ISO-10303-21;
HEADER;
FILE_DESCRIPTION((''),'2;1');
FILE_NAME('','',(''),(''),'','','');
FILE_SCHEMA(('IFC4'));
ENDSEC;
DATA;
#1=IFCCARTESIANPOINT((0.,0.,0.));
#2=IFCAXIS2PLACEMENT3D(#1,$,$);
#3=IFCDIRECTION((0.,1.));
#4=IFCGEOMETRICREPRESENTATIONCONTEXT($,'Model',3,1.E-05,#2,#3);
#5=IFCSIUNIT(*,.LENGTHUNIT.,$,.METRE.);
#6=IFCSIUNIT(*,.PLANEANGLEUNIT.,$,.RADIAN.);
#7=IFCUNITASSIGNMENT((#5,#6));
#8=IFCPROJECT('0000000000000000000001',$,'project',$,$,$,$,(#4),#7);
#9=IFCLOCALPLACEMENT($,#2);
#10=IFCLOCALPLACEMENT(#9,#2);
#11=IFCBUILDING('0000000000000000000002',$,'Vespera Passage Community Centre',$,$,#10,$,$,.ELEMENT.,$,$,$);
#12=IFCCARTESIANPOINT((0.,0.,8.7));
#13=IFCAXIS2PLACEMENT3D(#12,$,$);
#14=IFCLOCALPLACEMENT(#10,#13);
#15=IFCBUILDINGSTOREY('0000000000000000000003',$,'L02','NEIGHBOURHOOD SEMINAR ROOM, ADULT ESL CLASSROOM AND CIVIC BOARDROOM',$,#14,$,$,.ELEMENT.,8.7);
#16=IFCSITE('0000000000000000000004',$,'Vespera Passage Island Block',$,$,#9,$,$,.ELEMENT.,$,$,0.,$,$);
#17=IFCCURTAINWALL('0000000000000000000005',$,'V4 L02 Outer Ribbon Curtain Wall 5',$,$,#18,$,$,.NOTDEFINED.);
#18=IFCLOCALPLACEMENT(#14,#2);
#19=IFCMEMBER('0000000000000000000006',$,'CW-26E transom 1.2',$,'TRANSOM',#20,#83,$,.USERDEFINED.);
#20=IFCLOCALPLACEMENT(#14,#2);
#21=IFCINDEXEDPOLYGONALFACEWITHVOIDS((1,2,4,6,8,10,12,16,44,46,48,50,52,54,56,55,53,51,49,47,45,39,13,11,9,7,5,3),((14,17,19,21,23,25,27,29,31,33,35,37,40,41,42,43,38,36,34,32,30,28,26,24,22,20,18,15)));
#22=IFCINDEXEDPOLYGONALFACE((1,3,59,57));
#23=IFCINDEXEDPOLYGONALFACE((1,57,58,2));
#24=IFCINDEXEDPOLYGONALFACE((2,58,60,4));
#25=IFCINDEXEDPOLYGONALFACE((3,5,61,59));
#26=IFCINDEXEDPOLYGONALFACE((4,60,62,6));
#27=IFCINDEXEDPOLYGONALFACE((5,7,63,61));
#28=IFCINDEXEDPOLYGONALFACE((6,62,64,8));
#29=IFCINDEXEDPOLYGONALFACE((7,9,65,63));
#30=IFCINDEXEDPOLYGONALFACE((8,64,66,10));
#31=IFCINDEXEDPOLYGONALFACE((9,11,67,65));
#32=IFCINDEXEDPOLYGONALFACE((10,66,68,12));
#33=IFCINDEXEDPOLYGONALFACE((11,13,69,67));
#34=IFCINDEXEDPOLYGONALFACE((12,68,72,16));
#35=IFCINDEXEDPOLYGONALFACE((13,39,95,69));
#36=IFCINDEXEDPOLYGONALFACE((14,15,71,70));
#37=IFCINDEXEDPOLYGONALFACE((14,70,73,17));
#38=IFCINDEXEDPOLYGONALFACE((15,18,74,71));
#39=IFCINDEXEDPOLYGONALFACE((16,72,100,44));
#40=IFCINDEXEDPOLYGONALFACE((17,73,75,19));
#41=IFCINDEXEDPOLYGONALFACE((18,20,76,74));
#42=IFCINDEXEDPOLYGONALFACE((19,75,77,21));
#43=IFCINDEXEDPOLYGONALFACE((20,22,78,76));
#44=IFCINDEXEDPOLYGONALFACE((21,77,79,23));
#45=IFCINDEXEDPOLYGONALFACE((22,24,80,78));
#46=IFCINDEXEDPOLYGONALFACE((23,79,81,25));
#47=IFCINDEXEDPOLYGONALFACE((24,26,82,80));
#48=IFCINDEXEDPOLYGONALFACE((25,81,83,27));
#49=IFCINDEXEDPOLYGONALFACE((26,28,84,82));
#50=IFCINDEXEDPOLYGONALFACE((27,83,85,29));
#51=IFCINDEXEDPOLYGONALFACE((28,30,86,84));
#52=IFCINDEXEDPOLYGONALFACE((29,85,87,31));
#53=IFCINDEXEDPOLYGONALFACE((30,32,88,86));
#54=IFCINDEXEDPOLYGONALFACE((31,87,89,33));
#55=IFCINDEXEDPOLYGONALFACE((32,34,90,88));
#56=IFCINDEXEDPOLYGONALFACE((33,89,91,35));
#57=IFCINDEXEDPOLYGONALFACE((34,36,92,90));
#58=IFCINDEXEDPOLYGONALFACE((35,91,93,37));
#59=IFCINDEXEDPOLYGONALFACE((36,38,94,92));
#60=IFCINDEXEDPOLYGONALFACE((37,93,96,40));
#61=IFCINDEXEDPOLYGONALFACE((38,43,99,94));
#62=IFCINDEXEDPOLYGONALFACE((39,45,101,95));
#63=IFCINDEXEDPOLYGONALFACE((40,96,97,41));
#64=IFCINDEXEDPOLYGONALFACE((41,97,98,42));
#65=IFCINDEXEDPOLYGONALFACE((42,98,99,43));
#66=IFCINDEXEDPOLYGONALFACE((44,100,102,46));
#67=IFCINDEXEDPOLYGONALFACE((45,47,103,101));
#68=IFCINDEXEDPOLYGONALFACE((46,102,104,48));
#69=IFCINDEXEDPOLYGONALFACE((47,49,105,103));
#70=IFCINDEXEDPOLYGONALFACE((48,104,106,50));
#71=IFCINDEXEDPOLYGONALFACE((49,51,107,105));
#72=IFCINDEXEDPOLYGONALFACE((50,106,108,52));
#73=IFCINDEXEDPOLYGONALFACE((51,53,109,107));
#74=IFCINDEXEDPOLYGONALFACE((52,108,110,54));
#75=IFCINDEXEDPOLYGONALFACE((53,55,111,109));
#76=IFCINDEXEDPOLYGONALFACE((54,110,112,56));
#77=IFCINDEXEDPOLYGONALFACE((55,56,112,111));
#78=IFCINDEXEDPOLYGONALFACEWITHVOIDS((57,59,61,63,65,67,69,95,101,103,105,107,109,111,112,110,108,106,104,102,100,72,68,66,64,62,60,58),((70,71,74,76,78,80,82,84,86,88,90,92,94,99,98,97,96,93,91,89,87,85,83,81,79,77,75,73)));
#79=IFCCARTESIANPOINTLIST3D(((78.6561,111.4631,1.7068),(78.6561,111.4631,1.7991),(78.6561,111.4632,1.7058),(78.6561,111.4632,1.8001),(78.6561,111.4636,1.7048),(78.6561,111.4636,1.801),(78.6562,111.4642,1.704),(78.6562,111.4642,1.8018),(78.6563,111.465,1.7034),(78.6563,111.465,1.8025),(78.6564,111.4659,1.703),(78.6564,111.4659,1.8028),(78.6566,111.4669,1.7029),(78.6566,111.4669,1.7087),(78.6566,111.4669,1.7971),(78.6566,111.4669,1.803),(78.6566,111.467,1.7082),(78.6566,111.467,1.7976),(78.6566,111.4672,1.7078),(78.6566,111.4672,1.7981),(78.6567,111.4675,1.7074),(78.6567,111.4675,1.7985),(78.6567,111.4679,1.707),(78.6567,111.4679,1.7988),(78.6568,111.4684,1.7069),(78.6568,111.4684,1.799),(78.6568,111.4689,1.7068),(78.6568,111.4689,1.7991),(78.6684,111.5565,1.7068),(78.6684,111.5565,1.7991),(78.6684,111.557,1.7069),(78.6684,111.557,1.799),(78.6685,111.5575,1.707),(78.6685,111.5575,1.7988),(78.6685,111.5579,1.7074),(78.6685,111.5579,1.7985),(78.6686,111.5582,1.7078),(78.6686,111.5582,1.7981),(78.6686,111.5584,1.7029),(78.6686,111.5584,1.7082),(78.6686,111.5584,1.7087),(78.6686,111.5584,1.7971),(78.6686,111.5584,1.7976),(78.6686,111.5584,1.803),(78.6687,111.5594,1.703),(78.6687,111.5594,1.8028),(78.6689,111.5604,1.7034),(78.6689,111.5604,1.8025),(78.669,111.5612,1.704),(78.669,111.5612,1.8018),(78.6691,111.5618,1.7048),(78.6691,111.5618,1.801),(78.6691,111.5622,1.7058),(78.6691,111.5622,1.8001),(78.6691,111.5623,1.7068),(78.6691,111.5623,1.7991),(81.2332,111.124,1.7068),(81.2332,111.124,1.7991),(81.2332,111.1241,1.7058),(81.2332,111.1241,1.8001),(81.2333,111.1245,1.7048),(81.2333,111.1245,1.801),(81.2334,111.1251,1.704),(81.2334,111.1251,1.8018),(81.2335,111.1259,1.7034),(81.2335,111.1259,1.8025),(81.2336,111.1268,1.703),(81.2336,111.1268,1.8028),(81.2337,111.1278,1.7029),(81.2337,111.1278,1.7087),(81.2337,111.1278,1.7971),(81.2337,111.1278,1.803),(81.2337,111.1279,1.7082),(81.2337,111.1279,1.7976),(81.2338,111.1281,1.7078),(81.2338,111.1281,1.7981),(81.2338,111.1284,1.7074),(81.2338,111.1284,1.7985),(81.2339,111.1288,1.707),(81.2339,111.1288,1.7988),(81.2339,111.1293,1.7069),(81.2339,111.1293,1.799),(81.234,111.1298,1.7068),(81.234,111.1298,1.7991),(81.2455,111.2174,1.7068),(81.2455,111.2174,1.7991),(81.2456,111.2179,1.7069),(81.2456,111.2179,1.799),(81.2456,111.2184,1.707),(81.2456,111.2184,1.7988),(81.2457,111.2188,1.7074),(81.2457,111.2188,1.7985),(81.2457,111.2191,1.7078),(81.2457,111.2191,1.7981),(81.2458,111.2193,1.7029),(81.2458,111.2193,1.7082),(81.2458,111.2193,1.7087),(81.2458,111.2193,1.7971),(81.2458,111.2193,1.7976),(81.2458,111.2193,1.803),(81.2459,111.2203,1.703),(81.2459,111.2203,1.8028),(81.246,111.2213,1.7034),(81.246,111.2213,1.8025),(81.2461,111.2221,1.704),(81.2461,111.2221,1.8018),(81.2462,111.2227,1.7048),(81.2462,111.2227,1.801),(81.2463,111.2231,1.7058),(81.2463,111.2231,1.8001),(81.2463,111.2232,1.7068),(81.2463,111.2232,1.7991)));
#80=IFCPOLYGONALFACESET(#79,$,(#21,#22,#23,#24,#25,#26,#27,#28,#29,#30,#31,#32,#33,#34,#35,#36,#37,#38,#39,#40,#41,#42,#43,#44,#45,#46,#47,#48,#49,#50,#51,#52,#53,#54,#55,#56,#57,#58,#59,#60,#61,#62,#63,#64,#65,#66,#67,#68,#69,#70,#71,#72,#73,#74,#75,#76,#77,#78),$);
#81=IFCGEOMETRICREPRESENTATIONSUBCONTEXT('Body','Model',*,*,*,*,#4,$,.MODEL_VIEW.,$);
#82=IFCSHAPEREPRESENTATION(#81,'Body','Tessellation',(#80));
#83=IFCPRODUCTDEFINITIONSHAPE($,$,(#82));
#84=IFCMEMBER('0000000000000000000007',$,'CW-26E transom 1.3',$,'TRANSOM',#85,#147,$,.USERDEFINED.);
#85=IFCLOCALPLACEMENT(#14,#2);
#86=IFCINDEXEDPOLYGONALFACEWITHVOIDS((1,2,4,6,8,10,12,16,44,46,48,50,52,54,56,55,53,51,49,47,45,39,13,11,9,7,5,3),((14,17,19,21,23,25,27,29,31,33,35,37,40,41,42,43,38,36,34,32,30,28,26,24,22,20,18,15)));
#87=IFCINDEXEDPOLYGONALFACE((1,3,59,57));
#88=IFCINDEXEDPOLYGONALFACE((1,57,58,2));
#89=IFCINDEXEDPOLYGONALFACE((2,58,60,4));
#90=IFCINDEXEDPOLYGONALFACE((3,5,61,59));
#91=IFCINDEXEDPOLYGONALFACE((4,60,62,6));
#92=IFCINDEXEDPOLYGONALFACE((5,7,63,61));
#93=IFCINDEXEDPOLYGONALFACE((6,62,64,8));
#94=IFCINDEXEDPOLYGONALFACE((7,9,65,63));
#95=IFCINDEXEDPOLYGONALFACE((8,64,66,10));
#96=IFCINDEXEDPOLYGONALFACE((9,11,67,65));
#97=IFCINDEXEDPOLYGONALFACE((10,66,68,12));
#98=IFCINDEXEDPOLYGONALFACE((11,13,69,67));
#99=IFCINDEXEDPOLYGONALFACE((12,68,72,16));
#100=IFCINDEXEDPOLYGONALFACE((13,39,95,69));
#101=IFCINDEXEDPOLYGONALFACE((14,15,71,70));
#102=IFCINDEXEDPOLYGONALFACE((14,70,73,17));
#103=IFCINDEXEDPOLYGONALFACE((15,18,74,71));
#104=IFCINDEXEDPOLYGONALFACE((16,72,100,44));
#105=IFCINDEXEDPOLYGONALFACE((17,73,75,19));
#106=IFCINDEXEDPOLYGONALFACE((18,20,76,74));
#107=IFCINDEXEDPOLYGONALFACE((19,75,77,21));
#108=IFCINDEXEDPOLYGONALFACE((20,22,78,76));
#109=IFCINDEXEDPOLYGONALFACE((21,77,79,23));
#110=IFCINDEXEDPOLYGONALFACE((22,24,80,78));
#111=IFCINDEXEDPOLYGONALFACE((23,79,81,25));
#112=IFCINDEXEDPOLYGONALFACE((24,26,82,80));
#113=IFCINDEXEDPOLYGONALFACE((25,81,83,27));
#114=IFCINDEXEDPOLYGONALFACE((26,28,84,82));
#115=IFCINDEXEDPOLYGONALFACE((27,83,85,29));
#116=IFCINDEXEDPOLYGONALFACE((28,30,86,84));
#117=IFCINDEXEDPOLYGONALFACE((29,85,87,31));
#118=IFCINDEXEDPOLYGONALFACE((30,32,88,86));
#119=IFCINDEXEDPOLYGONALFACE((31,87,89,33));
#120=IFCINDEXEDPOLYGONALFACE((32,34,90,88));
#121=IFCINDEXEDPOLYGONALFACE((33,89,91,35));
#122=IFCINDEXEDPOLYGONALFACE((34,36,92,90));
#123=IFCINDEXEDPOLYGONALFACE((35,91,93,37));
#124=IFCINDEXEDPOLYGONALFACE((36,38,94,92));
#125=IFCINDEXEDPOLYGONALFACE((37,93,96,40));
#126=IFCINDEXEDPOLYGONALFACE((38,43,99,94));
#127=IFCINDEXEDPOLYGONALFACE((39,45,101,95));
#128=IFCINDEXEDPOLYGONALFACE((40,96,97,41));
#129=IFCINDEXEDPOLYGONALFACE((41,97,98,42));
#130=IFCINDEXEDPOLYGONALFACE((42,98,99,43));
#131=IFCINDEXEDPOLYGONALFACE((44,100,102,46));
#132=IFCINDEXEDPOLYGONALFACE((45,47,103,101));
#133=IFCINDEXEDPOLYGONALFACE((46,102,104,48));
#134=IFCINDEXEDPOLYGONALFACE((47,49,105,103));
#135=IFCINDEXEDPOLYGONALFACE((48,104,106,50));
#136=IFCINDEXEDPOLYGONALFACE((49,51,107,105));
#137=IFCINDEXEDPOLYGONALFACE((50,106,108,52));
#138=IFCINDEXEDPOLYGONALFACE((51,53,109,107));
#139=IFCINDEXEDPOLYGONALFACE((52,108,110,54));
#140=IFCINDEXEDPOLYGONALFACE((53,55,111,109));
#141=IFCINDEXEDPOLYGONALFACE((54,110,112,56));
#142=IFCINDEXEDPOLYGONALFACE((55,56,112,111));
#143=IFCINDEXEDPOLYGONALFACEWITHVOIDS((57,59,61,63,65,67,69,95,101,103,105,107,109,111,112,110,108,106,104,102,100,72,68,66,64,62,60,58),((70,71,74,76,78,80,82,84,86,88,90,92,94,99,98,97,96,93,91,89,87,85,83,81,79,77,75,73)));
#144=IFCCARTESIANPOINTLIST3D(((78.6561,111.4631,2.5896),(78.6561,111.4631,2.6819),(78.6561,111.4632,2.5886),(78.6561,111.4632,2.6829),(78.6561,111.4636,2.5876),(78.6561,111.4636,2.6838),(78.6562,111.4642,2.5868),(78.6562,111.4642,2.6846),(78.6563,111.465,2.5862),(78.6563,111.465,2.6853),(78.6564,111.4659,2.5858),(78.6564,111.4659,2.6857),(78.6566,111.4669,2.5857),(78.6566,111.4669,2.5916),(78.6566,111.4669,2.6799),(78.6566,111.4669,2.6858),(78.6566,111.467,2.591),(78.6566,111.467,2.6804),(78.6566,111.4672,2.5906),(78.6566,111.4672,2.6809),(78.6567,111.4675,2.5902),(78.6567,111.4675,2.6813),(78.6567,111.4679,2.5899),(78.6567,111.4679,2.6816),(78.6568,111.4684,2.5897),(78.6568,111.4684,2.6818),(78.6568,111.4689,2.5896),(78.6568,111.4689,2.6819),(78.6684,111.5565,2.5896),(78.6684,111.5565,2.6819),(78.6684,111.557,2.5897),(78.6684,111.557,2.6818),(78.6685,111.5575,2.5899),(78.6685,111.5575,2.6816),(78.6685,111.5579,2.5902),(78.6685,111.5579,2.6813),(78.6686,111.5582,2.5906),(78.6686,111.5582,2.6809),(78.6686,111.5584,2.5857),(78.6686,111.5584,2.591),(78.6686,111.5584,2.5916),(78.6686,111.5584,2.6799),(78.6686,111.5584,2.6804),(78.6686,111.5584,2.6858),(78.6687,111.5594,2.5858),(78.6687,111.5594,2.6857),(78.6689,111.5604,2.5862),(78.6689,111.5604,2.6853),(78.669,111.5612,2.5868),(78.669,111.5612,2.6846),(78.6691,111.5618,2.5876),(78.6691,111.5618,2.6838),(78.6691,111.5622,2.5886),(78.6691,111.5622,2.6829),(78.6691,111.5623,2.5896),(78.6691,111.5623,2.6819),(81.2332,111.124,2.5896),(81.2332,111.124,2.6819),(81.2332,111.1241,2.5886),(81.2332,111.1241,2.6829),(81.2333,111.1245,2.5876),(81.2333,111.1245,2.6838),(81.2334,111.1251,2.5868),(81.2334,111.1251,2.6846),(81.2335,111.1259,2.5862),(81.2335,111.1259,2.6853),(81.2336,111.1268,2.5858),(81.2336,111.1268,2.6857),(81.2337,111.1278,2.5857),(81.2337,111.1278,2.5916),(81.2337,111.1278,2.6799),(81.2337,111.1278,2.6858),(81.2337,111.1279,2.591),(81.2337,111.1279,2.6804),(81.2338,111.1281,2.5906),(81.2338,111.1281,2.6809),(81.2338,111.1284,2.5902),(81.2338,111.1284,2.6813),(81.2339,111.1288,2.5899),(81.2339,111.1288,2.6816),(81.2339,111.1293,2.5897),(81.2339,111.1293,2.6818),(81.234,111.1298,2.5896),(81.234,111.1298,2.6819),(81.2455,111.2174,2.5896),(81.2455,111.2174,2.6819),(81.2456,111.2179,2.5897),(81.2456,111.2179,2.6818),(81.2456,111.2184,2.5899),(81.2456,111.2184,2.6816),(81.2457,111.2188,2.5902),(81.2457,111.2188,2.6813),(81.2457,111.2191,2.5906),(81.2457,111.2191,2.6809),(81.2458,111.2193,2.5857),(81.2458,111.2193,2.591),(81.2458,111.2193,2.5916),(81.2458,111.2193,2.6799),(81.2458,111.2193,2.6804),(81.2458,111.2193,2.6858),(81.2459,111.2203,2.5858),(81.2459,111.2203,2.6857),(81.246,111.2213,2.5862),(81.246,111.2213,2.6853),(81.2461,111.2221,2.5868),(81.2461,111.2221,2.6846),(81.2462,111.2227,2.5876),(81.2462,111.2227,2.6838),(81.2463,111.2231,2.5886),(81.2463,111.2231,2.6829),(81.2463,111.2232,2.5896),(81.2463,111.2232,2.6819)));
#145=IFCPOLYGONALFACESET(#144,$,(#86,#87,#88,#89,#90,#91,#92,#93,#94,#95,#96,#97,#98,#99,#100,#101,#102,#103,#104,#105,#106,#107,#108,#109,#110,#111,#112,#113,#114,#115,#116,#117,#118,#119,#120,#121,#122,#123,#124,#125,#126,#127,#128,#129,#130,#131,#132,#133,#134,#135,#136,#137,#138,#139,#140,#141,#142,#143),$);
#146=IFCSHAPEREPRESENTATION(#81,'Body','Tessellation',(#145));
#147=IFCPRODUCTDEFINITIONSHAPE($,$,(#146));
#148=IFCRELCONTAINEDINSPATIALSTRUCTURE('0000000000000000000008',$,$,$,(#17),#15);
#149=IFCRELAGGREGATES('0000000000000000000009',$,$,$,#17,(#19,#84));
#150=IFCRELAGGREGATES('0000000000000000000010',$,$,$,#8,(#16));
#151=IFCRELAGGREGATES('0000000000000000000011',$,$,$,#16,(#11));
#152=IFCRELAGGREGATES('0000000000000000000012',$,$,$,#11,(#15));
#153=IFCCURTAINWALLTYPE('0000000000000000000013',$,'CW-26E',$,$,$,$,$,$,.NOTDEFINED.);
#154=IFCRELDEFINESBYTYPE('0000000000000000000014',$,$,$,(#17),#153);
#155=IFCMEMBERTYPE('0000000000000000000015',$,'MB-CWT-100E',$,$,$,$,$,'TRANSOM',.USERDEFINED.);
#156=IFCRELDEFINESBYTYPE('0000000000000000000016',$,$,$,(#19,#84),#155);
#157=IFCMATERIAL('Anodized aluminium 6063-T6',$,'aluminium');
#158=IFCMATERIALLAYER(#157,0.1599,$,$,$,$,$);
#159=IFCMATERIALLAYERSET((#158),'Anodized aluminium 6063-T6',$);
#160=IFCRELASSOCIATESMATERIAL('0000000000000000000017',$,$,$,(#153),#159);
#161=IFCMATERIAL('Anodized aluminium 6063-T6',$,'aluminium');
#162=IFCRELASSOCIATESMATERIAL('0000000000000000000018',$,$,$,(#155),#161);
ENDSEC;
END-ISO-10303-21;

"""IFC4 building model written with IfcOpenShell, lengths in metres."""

from ifc_helpers import new_model, si_unit, direction, frame, origin, origin_2d, place, context, subcontext, project, spatial, hollow_rectangle, extrude, material, layer, layer_set, material_profile, profile_set, type_object, element, aggregate, save


model = new_model("IFC4")

# Units and contexts
model_context = context("Model", 3, precision=1e-05, world=origin(), true_north=direction((0.0, 1.0)))
body_context = subcontext(model_context, "Body", "Model", "MODEL_VIEW")
ifc_project = project(units=[si_unit("LENGTHUNIT", "METRE"), si_unit("PLANEANGLEUNIT", "RADIAN")], contexts=[model_context])

# Site, building, storey
site_placement = place(None, origin())
site = spatial("IfcSite", under=ifc_project, at=site_placement, Name="Vespera Passage Island Block", CompositionType="ELEMENT", RefElevation=0.0)
building_placement = place(site_placement, origin())
building = spatial("IfcBuilding", under=site, at=building_placement, Name="Vespera Passage Community Centre", CompositionType="ELEMENT")
storey_placement = place(building_placement, frame((0.0, 0.0, 8.7)))
storey = spatial("IfcBuildingStorey", under=building, at=storey_placement, Name="L02", Description="NEIGHBOURHOOD SEMINAR ROOM, ADULT ESL CLASSROOM AND CIVIC BOARDROOM", CompositionType="ELEMENT", Elevation=8.7)

# Curtain wall, members
ifc_material_1 = material(Name="Anodized aluminium 6063-T6", Category="aluminium")
ifc_layer_1 = layer(ifc_material_1, 0.1599)
ifc_layer_set_1 = layer_set([ifc_layer_1], Name="Anodized aluminium 6063-T6")
curtain_wall_type_1 = type_object("IfcCurtainWallType", Name="CW-26E", PredefinedType="NOTDEFINED", material=ifc_layer_set_1)
curtain_wall_1_placement = place(storey_placement, origin())
curtain_wall_1 = element("IfcCurtainWall", 1, at=curtain_wall_1_placement, inside=storey, type_object=curtain_wall_type_1, Name="V4 L02 Outer Ribbon Curtain Wall 5", PredefinedType="NOTDEFINED")
ifc_material_2 = material(Name="Anodized aluminium 6063-T6", Category="aluminium")
ifc_material_profile_1 = material_profile(ifc_material_2, hollow_rectangle(XDim=0.1001, YDim=0.1001, WallThickness=0.0039, InnerFilletRadius=0.002, OuterFilletRadius=0.0039, at=origin_2d()), Name="ALU100X100X4")
ifc_profile_set_1 = profile_set([ifc_material_profile_1], Name="Anodized aluminium 6063-T6")
member_type_1 = type_object("IfcMemberType", Name="MB-CWT-100E", ElementType="TRANSOM", PredefinedType="USERDEFINED", material=ifc_profile_set_1)
member_1_placement = place(storey_placement, frame((78.6626, 111.5127, 1.7529), z_axis=(0.991454, -0.130459, 0.0), x_axis=(0.130459, 0.991454, 0.0)))
member_1 = element("IfcMember", 2, at=member_1_placement, type_object=member_type_1, Name="CW-26E transom 1.2", ObjectType="TRANSOM", PredefinedType="USERDEFINED", context=body_context, shape_type="SweptSolid", body=[
    extrude(hollow_rectangle(XDim=0.1001, YDim=0.1001, WallThickness=0.0039, InnerFilletRadius=0.002, OuterFilletRadius=0.0039, at=origin_2d()), origin(), (0.0, 0.0, 1.0), 2.5994),
])
member_2_placement = place(storey_placement, frame((78.6626, 111.5127, 2.6357), z_axis=(0.991454, -0.130459, 0.0), x_axis=(0.130459, 0.991454, 0.0)))
member_2 = element("IfcMember", 3, at=member_2_placement, type_object=member_type_1, Name="CW-26E transom 1.3", ObjectType="TRANSOM", PredefinedType="USERDEFINED", context=body_context, shape_type="SweptSolid", body=[
    extrude(hollow_rectangle(XDim=0.1001, YDim=0.1001, WallThickness=0.0039, InnerFilletRadius=0.002, OuterFilletRadius=0.0039, at=origin_2d()), origin(), (0.0, 0.0, 1.0), 2.5994),
])

aggregate(curtain_wall_1, [member_1, member_2])

save(model, "model.ifc")
